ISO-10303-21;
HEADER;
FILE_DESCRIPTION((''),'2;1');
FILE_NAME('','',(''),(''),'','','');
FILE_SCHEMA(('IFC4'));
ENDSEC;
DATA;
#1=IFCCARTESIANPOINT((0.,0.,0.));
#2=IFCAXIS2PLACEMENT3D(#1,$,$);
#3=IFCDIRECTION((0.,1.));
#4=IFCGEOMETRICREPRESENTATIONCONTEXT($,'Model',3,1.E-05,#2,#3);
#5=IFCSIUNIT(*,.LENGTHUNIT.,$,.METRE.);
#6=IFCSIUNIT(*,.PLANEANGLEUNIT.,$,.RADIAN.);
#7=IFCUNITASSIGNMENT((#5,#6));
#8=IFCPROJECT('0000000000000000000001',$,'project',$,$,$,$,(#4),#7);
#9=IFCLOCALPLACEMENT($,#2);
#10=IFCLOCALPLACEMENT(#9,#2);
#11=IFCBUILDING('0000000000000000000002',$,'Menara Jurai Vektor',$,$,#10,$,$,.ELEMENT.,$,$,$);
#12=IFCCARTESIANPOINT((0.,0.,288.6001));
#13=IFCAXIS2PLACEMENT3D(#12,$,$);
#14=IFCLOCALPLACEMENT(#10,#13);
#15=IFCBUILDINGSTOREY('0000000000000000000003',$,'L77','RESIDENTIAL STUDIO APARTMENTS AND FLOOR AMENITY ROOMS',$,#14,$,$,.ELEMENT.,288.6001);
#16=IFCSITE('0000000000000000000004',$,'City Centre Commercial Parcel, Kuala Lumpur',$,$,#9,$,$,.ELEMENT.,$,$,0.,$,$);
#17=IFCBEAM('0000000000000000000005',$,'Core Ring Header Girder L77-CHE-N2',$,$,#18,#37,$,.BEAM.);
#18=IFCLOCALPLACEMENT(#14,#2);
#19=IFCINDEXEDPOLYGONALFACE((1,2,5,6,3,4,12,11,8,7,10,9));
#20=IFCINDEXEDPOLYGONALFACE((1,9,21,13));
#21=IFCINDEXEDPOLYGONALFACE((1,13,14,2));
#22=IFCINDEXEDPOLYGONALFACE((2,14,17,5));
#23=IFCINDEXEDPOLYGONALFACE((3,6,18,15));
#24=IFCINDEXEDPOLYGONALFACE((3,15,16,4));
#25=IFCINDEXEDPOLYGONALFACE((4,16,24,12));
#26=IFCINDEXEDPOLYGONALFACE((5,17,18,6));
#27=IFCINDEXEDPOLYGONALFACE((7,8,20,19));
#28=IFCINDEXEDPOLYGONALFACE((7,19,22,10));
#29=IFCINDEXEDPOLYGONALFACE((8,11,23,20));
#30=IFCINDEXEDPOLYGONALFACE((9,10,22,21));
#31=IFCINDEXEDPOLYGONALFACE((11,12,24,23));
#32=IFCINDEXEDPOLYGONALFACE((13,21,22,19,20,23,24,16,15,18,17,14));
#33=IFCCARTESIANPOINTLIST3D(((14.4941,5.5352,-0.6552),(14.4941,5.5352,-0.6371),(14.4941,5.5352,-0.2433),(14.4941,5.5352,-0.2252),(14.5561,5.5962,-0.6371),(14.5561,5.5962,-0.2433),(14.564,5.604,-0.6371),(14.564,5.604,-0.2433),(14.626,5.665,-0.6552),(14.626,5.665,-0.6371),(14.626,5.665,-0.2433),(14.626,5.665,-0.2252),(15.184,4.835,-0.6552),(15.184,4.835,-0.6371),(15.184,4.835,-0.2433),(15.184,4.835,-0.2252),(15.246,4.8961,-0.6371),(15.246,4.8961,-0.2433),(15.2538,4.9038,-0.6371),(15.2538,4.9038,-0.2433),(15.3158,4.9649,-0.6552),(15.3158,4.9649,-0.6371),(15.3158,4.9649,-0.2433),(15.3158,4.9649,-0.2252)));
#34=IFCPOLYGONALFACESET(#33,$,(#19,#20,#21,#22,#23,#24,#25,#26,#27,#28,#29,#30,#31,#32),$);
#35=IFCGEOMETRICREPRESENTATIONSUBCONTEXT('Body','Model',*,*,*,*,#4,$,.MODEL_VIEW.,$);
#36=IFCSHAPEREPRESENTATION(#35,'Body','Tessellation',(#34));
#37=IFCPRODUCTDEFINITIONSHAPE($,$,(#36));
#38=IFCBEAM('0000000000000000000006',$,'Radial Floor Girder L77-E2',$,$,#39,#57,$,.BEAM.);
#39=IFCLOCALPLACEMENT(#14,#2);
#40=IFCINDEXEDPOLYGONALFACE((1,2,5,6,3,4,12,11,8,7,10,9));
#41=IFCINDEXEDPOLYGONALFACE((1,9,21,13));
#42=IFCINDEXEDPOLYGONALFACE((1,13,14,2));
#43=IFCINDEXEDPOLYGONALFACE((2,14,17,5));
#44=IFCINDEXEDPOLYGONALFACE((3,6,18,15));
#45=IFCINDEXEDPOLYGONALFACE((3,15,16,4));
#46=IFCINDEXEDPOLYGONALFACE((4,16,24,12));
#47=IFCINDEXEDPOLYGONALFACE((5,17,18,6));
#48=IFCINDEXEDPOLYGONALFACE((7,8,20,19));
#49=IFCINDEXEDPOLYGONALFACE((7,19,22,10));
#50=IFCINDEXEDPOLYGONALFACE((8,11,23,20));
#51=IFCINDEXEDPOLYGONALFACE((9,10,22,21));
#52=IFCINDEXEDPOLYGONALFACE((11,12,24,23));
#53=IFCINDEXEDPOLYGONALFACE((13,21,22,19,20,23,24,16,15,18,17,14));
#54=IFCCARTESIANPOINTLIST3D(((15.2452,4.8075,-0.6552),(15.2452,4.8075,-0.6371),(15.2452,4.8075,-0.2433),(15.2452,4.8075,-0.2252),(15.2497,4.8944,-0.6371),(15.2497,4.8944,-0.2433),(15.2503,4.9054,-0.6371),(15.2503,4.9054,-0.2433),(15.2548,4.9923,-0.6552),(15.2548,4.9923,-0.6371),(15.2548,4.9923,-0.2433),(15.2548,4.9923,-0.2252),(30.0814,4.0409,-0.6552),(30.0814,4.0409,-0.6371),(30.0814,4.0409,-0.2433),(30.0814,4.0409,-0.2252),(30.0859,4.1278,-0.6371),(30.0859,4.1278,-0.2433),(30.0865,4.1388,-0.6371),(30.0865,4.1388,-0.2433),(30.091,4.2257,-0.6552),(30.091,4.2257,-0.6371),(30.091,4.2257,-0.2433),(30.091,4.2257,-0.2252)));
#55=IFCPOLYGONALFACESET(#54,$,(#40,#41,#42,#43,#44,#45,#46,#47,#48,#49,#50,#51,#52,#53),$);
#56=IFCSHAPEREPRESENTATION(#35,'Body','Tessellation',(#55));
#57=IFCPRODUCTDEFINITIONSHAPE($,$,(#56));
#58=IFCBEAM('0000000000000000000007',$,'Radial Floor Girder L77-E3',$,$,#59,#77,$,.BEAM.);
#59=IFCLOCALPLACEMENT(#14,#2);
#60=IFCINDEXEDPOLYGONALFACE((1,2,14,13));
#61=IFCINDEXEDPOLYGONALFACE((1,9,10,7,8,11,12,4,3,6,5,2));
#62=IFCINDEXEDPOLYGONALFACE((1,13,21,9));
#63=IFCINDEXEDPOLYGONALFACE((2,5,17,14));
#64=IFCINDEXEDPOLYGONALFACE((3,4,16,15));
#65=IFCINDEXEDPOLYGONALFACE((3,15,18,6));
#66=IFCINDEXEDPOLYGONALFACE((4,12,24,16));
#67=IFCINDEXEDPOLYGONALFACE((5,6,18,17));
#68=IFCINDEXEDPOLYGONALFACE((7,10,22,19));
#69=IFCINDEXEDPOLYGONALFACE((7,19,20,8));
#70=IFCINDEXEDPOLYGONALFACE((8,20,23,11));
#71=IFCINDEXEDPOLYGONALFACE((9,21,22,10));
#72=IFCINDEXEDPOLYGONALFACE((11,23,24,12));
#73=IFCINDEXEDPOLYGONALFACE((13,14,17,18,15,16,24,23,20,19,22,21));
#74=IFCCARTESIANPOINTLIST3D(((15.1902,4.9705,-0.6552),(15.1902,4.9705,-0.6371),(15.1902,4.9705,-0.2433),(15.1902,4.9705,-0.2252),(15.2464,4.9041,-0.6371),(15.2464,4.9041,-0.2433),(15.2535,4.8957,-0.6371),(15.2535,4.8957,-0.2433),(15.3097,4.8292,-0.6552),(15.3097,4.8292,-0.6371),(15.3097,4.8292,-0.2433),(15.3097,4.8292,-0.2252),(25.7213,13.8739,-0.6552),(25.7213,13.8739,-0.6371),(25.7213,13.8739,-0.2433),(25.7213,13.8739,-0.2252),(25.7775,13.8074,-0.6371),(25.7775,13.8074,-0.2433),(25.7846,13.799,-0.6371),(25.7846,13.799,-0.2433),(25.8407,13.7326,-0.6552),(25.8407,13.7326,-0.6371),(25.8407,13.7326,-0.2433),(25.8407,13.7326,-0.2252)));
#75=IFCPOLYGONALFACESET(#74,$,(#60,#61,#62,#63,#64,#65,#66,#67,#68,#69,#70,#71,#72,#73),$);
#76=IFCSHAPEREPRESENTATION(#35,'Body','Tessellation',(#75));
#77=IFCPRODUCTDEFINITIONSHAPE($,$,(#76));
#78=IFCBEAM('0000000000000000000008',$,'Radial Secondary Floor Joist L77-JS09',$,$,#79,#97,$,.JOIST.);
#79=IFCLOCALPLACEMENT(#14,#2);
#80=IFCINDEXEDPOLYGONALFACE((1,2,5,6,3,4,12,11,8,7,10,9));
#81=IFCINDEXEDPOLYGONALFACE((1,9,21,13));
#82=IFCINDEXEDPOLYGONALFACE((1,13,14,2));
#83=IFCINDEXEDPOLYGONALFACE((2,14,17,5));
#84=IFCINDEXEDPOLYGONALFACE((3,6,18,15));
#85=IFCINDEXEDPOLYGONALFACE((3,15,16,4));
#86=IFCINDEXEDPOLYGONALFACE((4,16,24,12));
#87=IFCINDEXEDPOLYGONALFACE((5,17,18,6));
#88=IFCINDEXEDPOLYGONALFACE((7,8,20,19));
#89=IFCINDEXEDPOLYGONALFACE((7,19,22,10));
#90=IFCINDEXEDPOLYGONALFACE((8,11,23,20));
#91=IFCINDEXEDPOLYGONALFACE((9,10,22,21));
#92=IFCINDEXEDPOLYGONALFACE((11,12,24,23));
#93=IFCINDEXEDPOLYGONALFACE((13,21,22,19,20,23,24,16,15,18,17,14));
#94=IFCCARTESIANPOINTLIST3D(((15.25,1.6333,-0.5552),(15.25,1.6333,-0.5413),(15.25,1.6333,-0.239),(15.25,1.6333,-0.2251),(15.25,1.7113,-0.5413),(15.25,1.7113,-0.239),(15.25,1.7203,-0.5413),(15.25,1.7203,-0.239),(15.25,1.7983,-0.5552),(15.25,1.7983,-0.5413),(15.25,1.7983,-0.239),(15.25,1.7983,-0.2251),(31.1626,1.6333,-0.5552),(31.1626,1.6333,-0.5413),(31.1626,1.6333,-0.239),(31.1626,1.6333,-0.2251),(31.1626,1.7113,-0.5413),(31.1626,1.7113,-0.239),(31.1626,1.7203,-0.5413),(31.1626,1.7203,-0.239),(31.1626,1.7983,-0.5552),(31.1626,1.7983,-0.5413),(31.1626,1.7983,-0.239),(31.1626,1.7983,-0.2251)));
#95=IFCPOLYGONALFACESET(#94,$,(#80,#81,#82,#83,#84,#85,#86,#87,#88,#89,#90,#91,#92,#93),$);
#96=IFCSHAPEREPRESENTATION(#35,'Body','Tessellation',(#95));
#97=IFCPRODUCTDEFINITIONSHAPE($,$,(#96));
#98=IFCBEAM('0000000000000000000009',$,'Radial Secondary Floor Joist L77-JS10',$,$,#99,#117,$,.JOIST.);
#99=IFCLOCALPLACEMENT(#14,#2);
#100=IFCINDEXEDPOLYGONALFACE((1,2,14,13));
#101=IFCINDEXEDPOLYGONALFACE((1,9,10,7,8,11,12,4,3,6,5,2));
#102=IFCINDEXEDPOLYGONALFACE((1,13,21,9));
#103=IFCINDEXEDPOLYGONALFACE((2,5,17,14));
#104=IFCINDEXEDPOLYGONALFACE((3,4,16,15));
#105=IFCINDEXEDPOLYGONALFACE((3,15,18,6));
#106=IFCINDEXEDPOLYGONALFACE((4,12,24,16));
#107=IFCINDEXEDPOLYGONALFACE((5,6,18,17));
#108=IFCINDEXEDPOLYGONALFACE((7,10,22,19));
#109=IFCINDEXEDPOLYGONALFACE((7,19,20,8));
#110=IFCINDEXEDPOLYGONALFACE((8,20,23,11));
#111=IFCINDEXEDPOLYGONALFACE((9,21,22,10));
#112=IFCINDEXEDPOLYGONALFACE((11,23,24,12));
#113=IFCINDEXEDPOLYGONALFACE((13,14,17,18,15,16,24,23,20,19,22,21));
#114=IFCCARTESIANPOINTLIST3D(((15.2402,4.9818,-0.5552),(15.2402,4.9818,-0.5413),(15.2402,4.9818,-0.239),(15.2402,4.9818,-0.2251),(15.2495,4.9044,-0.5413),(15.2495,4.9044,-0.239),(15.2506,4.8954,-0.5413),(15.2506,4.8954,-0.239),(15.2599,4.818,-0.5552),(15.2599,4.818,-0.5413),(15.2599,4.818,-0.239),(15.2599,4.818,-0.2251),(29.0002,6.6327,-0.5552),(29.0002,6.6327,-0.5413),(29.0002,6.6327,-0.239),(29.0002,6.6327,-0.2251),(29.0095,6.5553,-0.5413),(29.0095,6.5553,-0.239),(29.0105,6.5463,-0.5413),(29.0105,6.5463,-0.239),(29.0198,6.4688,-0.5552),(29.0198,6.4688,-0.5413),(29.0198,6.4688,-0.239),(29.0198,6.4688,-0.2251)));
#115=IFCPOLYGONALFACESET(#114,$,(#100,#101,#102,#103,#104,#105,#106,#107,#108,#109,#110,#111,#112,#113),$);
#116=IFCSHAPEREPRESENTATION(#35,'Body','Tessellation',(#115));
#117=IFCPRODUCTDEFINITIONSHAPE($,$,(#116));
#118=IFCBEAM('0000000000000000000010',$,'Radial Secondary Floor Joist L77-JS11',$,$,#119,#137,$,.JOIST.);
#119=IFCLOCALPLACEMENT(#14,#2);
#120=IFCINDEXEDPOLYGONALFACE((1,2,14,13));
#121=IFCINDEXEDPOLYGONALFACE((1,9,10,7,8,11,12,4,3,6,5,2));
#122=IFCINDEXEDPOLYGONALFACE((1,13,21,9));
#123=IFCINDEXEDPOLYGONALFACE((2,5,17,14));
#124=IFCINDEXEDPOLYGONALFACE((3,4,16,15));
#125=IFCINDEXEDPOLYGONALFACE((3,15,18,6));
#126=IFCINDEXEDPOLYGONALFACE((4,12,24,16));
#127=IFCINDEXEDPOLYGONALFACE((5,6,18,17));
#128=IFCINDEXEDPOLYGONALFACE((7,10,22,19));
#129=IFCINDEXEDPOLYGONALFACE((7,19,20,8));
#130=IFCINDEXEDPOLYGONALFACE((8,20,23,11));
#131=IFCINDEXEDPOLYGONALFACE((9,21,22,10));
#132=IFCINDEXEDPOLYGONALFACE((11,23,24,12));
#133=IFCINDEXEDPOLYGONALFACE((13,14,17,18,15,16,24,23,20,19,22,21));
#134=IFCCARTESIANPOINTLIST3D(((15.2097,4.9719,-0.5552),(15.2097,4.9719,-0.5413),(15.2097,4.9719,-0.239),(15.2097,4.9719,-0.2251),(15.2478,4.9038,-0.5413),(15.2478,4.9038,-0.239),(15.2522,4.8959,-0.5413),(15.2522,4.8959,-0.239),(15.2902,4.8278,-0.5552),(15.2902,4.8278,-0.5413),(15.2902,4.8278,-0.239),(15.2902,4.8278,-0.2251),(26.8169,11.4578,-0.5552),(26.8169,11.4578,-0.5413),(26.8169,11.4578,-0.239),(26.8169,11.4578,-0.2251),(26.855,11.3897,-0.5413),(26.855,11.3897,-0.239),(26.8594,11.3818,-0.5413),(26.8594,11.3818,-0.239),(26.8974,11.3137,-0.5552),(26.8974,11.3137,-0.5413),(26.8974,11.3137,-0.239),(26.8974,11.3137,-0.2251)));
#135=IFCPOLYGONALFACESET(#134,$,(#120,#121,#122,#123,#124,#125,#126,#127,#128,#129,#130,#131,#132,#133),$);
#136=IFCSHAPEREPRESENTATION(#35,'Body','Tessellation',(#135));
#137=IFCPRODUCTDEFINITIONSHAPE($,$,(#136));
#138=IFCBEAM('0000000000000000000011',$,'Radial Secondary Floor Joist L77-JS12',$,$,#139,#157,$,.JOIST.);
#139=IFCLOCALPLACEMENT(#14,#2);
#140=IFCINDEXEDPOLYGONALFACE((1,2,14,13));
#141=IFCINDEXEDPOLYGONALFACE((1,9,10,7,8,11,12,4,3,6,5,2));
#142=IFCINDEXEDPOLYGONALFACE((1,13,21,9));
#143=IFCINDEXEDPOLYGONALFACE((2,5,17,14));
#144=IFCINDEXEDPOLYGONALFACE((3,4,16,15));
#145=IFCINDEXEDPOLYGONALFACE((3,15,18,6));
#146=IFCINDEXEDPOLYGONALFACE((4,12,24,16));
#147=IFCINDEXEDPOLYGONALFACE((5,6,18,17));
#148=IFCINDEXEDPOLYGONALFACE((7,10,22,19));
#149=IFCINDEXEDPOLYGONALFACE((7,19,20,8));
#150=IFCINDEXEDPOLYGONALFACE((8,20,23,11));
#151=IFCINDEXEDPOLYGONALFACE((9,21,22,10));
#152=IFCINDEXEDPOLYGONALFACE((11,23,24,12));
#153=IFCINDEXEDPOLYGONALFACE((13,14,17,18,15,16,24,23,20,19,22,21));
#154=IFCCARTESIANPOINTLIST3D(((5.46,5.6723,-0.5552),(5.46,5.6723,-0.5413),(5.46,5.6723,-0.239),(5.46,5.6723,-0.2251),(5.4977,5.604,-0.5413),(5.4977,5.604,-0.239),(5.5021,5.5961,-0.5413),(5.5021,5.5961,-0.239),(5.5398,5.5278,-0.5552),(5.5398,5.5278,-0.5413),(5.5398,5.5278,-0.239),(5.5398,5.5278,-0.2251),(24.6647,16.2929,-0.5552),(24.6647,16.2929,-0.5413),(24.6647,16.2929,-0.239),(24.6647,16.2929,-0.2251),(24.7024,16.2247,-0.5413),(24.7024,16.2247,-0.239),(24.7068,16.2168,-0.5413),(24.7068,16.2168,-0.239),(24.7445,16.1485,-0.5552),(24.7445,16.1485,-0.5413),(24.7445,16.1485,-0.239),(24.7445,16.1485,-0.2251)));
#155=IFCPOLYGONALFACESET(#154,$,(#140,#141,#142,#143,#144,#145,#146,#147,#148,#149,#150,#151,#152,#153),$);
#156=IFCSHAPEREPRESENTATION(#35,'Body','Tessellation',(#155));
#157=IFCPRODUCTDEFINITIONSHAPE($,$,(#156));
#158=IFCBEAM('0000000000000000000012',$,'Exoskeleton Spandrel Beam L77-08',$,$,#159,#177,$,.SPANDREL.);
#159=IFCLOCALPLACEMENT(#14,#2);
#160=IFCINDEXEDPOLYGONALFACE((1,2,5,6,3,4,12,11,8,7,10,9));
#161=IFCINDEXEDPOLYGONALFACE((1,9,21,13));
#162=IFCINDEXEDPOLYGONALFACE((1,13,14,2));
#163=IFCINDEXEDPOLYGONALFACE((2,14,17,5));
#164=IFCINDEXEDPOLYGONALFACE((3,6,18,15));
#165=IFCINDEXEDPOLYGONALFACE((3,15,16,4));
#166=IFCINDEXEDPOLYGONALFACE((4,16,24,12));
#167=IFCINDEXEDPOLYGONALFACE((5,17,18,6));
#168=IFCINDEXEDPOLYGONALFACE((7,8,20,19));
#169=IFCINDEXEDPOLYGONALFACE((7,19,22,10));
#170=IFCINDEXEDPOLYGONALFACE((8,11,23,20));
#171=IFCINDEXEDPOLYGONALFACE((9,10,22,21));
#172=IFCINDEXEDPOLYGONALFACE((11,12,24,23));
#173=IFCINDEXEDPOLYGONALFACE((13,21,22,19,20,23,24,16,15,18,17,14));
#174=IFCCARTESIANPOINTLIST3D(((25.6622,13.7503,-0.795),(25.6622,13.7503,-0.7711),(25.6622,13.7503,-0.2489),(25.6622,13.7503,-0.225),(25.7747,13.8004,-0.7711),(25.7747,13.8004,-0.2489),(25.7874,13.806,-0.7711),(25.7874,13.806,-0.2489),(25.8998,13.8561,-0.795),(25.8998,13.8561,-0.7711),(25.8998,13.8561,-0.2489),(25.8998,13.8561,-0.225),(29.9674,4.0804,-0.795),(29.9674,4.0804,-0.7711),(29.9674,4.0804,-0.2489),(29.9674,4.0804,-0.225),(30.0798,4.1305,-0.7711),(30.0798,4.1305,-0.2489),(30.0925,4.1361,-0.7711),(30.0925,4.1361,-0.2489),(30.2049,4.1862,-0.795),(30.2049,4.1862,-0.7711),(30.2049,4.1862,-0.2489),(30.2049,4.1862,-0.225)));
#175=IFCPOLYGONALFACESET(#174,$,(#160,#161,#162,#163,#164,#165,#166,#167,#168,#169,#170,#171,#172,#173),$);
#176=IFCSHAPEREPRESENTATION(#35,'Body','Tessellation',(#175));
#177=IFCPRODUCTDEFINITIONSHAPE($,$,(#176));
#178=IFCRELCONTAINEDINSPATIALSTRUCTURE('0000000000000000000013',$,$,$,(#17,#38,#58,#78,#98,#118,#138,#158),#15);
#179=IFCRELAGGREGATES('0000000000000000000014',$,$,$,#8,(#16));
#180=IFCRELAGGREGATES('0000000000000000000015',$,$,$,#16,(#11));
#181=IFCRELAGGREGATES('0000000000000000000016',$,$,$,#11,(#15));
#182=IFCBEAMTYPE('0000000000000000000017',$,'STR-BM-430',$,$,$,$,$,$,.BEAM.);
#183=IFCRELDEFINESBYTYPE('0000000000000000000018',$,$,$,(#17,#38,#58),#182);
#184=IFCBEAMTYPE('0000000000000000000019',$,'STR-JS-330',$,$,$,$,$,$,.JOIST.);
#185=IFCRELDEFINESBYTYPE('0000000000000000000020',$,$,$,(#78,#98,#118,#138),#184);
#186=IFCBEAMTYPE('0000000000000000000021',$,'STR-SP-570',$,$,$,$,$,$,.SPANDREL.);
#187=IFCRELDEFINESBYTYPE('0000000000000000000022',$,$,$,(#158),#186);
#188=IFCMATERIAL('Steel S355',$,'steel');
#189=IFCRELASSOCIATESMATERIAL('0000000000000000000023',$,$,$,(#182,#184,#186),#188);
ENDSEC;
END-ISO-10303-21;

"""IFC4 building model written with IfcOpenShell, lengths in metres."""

from ifc_helpers import new_model, si_unit, direction, frame, origin, origin_2d, place, context, subcontext, project, spatial, i_section, extrude, material, material_profile, profile_set, type_object, element, save


model = new_model("IFC4")

# Units and contexts
model_context = context("Model", 3, precision=1e-05, world=origin(), true_north=direction((0.0, 1.0)))
body_context = subcontext(model_context, "Body", "Model", "MODEL_VIEW")
ifc_project = project(units=[si_unit("LENGTHUNIT", "METRE"), si_unit("PLANEANGLEUNIT", "RADIAN")], contexts=[model_context])

# Site, building, storey
site_placement = place(None, origin())
site = spatial("IfcSite", under=ifc_project, at=site_placement, Name="City Centre Commercial Parcel, Kuala Lumpur", CompositionType="ELEMENT", RefElevation=0.0)
building_placement = place(site_placement, origin())
building = spatial("IfcBuilding", under=site, at=building_placement, Name="Menara Jurai Vektor", CompositionType="ELEMENT")
storey_placement = place(building_placement, frame((0.0, 0.0, 288.6001)))
storey = spatial("IfcBuildingStorey", under=building, at=storey_placement, Name="L77", Description="RESIDENTIAL STUDIO APARTMENTS AND FLOOR AMENITY ROOMS", CompositionType="ELEMENT", Elevation=288.6001)

# Beams
ifc_material_1 = material(Name="Steel S355", Category="steel")
ifc_material_profile_1 = material_profile(ifc_material_1, i_section(OverallWidth=0.1851, OverallDepth=0.4299, WebThickness=0.011, FlangeThickness=0.0181, at=origin_2d()), Name="PG 430x185x76")
ifc_profile_set_1 = profile_set([ifc_material_profile_1], Name="Steel S355")
beam_type_1 = type_object("IfcBeamType", Name="STR-BM-430", PredefinedType="BEAM", material=ifc_profile_set_1)
beam_1_placement = place(storey_placement, frame((14.5601, 5.6001, -0.4402), z_axis=(0.701872, -0.712303, 0.0), x_axis=(0.712303, 0.701872, 0.0)))
element("IfcBeam", 1, at=beam_1_placement, inside=storey, type_object=beam_type_1, Name="Core Ring Header Girder L77-CHE-N2", PredefinedType="BEAM", context=body_context, shape_type="SweptSolid", body=[
    extrude(i_section(OverallWidth=0.1851, OverallDepth=0.4299, WebThickness=0.011, FlangeThickness=0.0181, at=origin_2d()), origin(), (0.0, 0.0, 1.0), 0.9829),
])
beam_2_placement = place(storey_placement, frame((30.0862, 4.1333, -0.4402), z_axis=(-0.998668, 0.051602, 0.0), x_axis=(-0.051602, -0.998668, 0.0)))
element("IfcBeam", 2, at=beam_2_placement, inside=storey, type_object=beam_type_1, Name="Radial Floor Girder L77-E2", PredefinedType="BEAM", context=body_context, shape_type="SweptSolid", body=[
    extrude(i_section(OverallWidth=0.1851, OverallDepth=0.4299, WebThickness=0.011, FlangeThickness=0.0181, at=origin_2d()), origin(), (0.0, 0.0, 1.0), 14.856),
])
beam_3_placement = place(storey_placement, frame((25.781, 13.8032, -0.4402), z_axis=(-0.763656, -0.645624, 0.0), x_axis=(0.645624, -0.763656, 0.0)))
element("IfcBeam", 3, at=beam_3_placement, inside=storey, type_object=beam_type_1, Name="Radial Floor Girder L77-E3", PredefinedType="BEAM", context=body_context, shape_type="SweptSolid", body=[
    extrude(i_section(OverallWidth=0.1851, OverallDepth=0.4299, WebThickness=0.011, FlangeThickness=0.0181, at=origin_2d()), origin(), (0.0, 0.0, 1.0), 13.7903),
])
ifc_material_profile_2 = material_profile(ifc_material_1, i_section(OverallWidth=0.165, OverallDepth=0.3301, WebThickness=0.009, FlangeThickness=0.0139, at=origin_2d()), Name="PG 330x165x46")
ifc_profile_set_2 = profile_set([ifc_material_profile_2], Name="Steel S355")
beam_type_2 = type_object("IfcBeamType", Name="STR-JS-330", PredefinedType="JOIST", material=ifc_profile_set_2)
beam_4_placement = place(storey_placement, frame((31.1626, 1.7158, -0.3901), z_axis=(-1.0, 0.0, 0.0), x_axis=(0.0, -1.0, 0.0)))
element("IfcBeam", 4, at=beam_4_placement, inside=storey, type_object=beam_type_2, Name="Radial Secondary Floor Joist L77-JS09", PredefinedType="JOIST", context=body_context, shape_type="SweptSolid", body=[
    extrude(i_section(OverallWidth=0.165, OverallDepth=0.3301, WebThickness=0.009, FlangeThickness=0.0139, at=origin_2d()), origin(), (0.0, 0.0, 1.0), 15.9126),
])
beam_5_placement = place(storey_placement, frame((29.01, 6.5508, -0.3901), z_axis=(-0.99288, -0.119122, 0.0), x_axis=(0.119122, -0.99288, 0.0)))
element("IfcBeam", 5, at=beam_5_placement, inside=storey, type_object=beam_type_2, Name="Radial Secondary Floor Joist L77-JS10", PredefinedType="JOIST", context=body_context, shape_type="SweptSolid", body=[
    extrude(i_section(OverallWidth=0.165, OverallDepth=0.3301, WebThickness=0.009, FlangeThickness=0.0139, at=origin_2d()), origin(), (0.0, 0.0, 1.0), 13.8586),
])
beam_6_placement = place(storey_placement, frame((26.8572, 11.3857, -0.3901), z_axis=(-0.87296, -0.487791, 0.0), x_axis=(0.487791, -0.87296, 0.0)))
element("IfcBeam", 6, at=beam_6_placement, inside=storey, type_object=beam_type_2, Name="Radial Secondary Floor Joist L77-JS11", PredefinedType="JOIST", context=body_context, shape_type="SweptSolid", body=[
    extrude(i_section(OverallWidth=0.165, OverallDepth=0.3301, WebThickness=0.009, FlangeThickness=0.0139, at=origin_2d()), origin(), (0.0, 0.0, 1.0), 13.2964),
])
beam_7_placement = place(storey_placement, frame((24.7046, 16.2207, -0.3901), z_axis=(-0.875096, -0.483949, 0.0), x_axis=(0.483949, -0.875096, 0.0)))
element("IfcBeam", 7, at=beam_7_placement, inside=storey, type_object=beam_type_2, Name="Radial Secondary Floor Joist L77-JS12", PredefinedType="JOIST", context=body_context, shape_type="SweptSolid", body=[
    extrude(i_section(OverallWidth=0.165, OverallDepth=0.3301, WebThickness=0.009, FlangeThickness=0.0139, at=origin_2d()), origin(), (0.0, 0.0, 1.0), 21.9458),
])
ifc_material_profile_3 = material_profile(ifc_material_1, i_section(OverallWidth=0.26, OverallDepth=0.5701, WebThickness=0.0139, FlangeThickness=0.0239, at=origin_2d()), Name="PG 570x260x145")
ifc_profile_set_3 = profile_set([ifc_material_profile_3], Name="Steel S355")
beam_type_3 = type_object("IfcBeamType", Name="STR-SP-570", PredefinedType="SPANDREL", material=ifc_profile_set_3)
beam_8_placement = place(storey_placement, frame((30.0862, 4.1333, -0.51), z_axis=(-0.406725, 0.913551, 0.0), x_axis=(-0.913551, -0.406725, 0.0)))
element("IfcBeam", 8, at=beam_8_placement, inside=storey, type_object=beam_type_3, Name="Exoskeleton Spandrel Beam L77-08", PredefinedType="SPANDREL", context=body_context, shape_type="SweptSolid", body=[
    extrude(i_section(OverallWidth=0.26, OverallDepth=0.5701, WebThickness=0.0139, FlangeThickness=0.0239, at=origin_2d()), origin(), (0.0, 0.0, 1.0), 10.585),
])

save(model, "model.ifc")
